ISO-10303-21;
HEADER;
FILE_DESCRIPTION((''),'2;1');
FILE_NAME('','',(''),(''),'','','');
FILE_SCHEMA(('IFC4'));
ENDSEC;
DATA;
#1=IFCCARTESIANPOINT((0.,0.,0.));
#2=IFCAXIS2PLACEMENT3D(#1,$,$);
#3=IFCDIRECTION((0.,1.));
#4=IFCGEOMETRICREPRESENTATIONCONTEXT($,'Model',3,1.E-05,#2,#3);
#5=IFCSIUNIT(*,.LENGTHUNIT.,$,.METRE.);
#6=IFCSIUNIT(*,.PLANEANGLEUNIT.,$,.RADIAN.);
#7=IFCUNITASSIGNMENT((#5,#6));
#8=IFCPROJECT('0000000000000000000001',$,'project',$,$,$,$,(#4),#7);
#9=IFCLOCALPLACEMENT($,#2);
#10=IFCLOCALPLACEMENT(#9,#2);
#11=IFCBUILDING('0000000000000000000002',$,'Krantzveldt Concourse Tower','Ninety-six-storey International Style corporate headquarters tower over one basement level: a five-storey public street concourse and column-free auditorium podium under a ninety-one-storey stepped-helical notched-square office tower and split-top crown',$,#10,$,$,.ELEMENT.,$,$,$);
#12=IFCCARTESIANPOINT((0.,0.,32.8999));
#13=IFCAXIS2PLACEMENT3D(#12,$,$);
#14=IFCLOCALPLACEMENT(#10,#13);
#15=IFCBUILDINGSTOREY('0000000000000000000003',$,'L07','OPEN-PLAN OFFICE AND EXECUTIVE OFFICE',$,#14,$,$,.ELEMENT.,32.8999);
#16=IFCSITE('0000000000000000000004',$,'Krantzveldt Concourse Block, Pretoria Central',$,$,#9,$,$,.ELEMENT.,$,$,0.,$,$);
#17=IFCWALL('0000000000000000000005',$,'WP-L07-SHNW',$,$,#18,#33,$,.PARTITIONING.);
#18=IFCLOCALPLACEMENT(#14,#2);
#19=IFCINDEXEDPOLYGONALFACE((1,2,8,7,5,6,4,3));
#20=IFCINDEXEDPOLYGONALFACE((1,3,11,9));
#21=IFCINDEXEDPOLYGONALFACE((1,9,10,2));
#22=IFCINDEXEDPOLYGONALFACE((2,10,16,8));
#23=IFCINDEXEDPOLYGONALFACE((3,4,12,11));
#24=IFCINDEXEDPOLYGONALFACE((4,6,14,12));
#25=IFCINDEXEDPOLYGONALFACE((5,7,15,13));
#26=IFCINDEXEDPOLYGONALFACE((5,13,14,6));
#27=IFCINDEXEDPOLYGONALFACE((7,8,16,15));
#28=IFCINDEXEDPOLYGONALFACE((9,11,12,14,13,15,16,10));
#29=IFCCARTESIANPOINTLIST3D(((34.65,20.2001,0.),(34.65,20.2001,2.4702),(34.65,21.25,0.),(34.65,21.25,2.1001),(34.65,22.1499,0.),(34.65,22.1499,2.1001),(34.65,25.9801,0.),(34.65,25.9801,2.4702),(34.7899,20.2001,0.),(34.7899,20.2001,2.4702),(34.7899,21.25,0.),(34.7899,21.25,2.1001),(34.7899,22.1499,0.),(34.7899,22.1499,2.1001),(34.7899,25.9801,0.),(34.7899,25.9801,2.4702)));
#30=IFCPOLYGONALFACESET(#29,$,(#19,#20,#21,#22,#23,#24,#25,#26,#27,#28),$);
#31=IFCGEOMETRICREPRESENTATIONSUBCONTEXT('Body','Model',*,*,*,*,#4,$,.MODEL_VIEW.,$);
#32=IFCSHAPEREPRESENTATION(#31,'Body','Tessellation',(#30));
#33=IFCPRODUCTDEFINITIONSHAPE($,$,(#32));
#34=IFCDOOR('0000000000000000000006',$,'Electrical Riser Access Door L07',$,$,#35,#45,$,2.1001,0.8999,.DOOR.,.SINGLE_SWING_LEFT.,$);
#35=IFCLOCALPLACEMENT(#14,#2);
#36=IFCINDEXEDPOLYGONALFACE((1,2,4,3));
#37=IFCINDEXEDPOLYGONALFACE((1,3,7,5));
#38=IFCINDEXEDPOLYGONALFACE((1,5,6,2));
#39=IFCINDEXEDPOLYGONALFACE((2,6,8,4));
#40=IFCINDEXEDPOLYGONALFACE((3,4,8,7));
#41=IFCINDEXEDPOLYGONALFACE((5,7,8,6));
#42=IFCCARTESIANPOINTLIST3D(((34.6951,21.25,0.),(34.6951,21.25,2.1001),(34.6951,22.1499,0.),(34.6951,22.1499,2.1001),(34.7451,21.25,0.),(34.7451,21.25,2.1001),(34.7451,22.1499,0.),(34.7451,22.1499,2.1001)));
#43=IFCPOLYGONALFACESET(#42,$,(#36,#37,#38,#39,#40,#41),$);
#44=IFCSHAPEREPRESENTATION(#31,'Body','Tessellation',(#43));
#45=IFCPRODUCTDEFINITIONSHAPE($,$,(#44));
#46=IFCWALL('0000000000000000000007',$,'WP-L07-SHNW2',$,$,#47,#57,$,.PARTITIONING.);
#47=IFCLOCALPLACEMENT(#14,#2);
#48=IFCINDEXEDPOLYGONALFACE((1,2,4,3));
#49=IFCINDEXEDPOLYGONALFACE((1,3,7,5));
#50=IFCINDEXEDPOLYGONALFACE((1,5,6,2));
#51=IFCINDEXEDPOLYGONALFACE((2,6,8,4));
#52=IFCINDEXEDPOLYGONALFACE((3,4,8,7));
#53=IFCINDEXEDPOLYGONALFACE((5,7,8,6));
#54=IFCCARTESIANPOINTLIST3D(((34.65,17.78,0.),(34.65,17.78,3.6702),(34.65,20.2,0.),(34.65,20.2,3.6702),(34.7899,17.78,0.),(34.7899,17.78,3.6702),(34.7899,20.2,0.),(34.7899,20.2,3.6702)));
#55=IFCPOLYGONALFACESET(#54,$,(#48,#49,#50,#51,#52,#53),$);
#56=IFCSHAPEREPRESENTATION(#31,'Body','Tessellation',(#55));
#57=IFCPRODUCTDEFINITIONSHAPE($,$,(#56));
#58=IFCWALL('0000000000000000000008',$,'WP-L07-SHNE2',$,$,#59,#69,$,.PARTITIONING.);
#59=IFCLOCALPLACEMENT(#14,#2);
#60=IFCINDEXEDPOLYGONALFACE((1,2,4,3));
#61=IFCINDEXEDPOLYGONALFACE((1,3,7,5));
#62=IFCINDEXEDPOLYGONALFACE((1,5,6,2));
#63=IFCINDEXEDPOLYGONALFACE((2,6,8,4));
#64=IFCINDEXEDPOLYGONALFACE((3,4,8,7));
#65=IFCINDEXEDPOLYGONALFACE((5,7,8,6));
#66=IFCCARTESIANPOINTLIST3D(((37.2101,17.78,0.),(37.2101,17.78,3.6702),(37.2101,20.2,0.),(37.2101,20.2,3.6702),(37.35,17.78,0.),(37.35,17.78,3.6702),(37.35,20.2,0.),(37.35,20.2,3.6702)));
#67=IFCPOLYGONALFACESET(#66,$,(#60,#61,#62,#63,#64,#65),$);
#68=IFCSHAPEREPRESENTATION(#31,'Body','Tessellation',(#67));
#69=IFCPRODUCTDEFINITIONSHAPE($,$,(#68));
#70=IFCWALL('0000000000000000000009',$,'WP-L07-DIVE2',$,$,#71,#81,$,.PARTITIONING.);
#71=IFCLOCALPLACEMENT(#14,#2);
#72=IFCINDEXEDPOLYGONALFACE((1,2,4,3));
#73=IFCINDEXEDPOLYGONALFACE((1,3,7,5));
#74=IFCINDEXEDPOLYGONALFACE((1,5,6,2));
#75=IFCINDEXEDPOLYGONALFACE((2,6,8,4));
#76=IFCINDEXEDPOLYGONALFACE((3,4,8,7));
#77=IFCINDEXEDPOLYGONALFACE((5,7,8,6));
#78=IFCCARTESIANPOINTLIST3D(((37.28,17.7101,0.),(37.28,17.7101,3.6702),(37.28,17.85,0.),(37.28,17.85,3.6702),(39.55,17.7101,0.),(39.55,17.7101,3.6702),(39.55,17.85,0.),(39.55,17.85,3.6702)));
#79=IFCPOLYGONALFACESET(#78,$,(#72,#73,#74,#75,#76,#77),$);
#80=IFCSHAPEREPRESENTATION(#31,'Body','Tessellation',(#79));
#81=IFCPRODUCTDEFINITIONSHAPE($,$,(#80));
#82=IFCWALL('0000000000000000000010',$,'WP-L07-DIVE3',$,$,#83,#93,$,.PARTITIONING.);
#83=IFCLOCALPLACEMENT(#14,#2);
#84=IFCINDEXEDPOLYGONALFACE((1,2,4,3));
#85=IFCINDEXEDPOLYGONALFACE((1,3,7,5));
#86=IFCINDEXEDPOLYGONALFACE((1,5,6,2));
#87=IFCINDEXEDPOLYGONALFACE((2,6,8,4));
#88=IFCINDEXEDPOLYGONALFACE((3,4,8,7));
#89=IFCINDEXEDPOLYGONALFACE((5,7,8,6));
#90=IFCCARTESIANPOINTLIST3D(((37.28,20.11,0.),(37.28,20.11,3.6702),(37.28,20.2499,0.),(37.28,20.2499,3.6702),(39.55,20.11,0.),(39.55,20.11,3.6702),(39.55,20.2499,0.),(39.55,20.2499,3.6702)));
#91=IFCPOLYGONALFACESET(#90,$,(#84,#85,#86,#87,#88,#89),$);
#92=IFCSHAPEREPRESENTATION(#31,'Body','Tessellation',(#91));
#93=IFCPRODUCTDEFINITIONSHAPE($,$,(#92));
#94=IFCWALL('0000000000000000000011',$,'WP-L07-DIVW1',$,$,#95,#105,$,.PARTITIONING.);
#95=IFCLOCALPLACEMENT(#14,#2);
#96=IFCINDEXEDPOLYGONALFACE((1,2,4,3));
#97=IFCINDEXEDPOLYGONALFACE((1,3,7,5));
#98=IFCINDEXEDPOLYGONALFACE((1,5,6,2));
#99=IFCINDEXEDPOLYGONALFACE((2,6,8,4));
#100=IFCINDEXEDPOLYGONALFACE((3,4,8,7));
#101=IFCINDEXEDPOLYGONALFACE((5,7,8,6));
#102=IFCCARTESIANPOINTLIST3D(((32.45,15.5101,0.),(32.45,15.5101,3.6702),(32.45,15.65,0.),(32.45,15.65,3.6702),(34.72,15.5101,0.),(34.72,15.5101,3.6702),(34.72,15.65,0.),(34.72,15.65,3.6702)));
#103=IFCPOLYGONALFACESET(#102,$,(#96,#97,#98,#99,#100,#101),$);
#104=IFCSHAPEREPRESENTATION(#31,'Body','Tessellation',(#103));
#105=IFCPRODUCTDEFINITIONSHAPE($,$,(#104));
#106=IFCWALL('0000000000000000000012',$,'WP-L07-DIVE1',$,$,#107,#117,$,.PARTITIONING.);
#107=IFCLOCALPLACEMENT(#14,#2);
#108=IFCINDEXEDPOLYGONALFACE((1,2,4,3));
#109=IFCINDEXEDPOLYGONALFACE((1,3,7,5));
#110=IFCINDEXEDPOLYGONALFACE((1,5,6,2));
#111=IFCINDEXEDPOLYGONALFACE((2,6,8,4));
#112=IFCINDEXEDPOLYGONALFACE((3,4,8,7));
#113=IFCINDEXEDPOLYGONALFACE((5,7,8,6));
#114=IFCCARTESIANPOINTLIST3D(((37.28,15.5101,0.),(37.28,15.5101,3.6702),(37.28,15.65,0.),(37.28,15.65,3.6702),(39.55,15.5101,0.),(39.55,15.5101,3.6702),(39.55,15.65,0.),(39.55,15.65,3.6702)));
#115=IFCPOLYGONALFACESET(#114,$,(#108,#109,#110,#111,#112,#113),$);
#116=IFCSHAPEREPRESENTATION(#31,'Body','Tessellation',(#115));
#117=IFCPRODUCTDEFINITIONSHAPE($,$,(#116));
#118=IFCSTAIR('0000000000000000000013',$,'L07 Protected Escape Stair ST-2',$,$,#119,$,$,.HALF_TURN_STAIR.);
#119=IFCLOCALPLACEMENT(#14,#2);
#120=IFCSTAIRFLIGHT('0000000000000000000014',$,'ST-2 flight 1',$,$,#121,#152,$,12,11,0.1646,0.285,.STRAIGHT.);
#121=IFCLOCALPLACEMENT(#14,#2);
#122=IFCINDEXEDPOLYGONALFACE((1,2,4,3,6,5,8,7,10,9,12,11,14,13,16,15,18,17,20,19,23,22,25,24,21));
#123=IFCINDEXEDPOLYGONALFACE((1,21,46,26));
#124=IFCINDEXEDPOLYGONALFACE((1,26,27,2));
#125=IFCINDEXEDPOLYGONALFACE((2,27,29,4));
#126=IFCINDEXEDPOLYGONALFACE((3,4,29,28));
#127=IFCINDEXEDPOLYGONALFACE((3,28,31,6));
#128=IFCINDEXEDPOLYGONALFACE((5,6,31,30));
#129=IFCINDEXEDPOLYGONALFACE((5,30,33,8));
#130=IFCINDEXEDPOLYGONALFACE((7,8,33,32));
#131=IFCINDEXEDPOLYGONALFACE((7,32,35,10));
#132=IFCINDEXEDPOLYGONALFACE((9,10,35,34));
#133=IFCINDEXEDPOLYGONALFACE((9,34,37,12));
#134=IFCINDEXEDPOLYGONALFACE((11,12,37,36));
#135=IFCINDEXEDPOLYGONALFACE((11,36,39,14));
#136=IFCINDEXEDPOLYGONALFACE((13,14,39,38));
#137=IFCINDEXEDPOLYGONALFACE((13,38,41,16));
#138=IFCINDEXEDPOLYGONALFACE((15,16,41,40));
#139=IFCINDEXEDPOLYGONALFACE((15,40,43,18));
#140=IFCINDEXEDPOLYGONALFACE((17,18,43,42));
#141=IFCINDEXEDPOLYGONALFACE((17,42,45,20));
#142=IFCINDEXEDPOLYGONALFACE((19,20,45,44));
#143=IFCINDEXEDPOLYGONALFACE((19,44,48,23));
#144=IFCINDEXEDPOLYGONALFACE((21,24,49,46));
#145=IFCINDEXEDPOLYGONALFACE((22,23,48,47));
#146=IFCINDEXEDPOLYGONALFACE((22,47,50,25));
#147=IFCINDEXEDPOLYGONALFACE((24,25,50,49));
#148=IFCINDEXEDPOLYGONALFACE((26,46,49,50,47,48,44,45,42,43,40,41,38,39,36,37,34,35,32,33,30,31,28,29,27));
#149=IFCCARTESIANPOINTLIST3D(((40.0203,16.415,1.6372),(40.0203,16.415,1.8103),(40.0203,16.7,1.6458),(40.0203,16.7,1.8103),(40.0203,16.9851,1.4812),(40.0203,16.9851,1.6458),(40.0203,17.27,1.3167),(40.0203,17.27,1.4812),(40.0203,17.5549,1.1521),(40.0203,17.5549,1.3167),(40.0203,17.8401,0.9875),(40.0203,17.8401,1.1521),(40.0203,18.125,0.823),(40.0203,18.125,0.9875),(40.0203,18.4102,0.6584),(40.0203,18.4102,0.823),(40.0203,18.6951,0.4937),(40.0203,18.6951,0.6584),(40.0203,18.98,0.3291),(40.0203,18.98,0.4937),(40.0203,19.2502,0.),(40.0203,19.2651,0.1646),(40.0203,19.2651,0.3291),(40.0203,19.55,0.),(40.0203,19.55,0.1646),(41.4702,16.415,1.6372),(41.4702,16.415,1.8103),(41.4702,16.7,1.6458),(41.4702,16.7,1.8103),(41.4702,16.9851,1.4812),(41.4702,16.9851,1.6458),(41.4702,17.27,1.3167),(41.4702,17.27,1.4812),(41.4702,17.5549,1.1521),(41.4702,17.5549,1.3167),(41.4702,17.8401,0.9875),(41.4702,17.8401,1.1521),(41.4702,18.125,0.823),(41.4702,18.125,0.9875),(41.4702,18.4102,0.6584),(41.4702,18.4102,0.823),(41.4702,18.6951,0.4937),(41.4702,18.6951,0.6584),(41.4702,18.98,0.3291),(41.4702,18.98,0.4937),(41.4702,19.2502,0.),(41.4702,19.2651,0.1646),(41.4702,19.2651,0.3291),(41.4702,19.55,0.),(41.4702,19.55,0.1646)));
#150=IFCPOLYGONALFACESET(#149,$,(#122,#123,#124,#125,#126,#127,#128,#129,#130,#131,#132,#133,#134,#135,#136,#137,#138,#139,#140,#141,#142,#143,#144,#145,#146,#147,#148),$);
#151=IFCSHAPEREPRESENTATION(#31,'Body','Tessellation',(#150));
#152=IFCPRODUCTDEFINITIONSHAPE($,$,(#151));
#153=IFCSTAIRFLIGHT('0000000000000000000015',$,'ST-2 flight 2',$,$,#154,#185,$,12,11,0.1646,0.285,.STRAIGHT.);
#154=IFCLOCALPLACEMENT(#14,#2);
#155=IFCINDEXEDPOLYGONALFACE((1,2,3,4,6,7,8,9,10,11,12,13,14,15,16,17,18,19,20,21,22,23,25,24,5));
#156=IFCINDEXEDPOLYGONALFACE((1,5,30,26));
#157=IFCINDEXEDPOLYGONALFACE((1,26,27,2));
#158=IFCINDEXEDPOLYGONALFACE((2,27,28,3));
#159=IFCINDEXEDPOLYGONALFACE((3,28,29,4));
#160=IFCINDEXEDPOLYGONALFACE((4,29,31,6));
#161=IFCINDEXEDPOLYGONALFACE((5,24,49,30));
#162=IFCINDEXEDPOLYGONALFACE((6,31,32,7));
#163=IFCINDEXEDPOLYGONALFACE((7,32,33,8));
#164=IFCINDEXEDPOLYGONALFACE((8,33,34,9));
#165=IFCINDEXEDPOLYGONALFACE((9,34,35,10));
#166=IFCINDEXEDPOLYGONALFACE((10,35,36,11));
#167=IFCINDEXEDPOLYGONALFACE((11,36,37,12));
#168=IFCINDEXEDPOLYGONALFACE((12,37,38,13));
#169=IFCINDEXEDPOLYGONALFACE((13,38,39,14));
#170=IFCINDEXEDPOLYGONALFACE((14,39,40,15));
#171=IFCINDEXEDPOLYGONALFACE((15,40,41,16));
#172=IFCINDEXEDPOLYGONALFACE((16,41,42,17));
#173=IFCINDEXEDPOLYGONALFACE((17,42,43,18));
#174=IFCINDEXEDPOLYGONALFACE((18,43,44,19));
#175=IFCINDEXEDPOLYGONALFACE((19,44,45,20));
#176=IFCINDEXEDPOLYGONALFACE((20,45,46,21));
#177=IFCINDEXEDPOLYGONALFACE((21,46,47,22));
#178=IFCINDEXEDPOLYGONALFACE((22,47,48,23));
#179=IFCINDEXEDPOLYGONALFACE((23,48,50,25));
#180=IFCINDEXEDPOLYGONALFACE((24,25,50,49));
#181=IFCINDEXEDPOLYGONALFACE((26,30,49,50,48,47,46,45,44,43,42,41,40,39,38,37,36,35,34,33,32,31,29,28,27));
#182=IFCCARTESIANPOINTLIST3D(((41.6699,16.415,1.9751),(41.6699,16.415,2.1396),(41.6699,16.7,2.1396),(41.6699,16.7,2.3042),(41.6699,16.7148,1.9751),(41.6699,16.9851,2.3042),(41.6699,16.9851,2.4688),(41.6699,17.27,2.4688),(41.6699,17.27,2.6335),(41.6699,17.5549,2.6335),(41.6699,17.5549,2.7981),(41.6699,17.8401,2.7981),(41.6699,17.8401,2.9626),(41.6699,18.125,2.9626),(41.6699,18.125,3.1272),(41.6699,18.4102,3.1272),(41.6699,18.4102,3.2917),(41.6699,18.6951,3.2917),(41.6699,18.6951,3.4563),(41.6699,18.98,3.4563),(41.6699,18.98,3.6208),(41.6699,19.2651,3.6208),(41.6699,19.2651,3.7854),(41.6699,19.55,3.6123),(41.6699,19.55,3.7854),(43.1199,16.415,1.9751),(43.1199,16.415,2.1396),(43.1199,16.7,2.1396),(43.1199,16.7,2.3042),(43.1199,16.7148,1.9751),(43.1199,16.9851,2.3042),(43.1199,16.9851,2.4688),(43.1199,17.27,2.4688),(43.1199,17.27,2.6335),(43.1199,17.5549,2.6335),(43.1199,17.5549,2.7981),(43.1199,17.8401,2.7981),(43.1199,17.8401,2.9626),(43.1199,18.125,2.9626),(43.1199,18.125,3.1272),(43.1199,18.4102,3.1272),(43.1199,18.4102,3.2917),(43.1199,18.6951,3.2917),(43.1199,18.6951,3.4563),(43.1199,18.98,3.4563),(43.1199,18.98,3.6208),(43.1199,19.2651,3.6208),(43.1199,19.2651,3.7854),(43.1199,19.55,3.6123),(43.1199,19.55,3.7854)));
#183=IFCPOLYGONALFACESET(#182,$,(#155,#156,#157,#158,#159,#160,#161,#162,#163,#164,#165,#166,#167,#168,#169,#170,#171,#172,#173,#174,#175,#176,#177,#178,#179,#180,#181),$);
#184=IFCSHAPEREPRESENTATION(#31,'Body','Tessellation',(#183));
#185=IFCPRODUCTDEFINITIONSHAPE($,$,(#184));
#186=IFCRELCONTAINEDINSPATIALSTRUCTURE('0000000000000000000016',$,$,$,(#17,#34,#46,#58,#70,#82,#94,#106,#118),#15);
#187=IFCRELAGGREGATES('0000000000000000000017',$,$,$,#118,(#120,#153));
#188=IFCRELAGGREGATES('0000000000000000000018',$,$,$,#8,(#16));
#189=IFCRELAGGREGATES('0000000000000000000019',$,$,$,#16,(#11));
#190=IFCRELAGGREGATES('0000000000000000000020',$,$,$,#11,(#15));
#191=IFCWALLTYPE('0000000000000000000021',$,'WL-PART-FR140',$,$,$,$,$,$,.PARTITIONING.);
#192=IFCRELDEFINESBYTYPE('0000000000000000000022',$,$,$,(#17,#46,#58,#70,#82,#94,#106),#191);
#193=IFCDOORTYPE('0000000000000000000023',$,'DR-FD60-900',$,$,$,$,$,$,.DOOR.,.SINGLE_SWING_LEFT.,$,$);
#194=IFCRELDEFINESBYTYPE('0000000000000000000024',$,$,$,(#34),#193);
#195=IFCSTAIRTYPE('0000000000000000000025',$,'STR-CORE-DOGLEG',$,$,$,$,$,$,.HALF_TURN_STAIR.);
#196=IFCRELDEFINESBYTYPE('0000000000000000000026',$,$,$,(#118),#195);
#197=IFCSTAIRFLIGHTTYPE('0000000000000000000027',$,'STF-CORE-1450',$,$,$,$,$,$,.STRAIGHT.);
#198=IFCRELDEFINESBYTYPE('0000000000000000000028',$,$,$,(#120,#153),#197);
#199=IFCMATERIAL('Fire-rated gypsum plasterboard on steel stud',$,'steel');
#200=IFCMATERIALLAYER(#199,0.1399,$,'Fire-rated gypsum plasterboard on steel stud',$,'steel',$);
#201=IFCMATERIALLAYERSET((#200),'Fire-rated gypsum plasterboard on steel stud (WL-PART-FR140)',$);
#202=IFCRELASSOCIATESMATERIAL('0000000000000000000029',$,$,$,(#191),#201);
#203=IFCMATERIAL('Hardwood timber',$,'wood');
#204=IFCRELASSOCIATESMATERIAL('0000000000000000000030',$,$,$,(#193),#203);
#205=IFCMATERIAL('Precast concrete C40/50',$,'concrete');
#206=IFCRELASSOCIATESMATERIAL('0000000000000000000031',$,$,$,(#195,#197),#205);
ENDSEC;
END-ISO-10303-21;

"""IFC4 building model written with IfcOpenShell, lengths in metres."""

from ifc_helpers import new_model, si_unit, direction, frame, frame_2d, origin, place, context, subcontext, project, spatial, polyline, rectangle, outline, extrude, material, layer, layer_set, type_object, element, fill, aggregate, save


model = new_model("IFC4")

# Units and contexts
model_context = context("Model", 3, precision=1e-05, world=origin(), true_north=direction((0.0, 1.0)))
body_context = subcontext(model_context, "Body", "Model", "MODEL_VIEW")
ifc_project = project(units=[si_unit("LENGTHUNIT", "METRE"), si_unit("PLANEANGLEUNIT", "RADIAN")], contexts=[model_context])

# Site, building, storey
site_placement = place(None, origin())
site = spatial("IfcSite", under=ifc_project, at=site_placement, Name="Krantzveldt Concourse Block, Pretoria Central", CompositionType="ELEMENT", RefElevation=0.0)
building_placement = place(site_placement, origin())
building = spatial("IfcBuilding", under=site, at=building_placement, Name="Krantzveldt Concourse Tower", Description="Ninety-six-storey International Style corporate headquarters tower over one basement level: a five-storey public street concourse and column-free auditorium podium under a ninety-one-storey stepped-helical notched-square office tower and split-top crown", CompositionType="ELEMENT")
storey_placement = place(building_placement, frame((0.0, 0.0, 32.8999)))
storey = spatial("IfcBuildingStorey", under=building, at=storey_placement, Name="L07", Description="OPEN-PLAN OFFICE AND EXECUTIVE OFFICE", CompositionType="ELEMENT", Elevation=32.8999)

# Wall, opening, door
ifc_material_1 = material(Name="Fire-rated gypsum plasterboard on steel stud", Category="steel")
ifc_layer_1 = layer(ifc_material_1, 0.1399, Name="Fire-rated gypsum plasterboard on steel stud", Category="steel")
ifc_layer_set_1 = layer_set([ifc_layer_1], Name="Fire-rated gypsum plasterboard on steel stud (WL-PART-FR140)")
wall_type = type_object("IfcWallType", Name="WL-PART-FR140", PredefinedType="PARTITIONING", material=ifc_layer_set_1)
wall_placement = place(storey_placement, frame((34.72, 20.2, 0.0), z_axis=(0.0, 0.0, 1.0), x_axis=(0.0, 1.0, 0.0)))
wall = element("IfcWall", 1, at=wall_placement, inside=storey, type_object=wall_type, Name="WP-L07-SHNW", PredefinedType="PARTITIONING", context=body_context, shape_type="SweptSolid", body=[
    extrude(rectangle(XDim=5.78, YDim=0.1399, at=frame_2d((2.8901, 0.0))), origin(), (0.0, 0.0, 1.0), 2.4702),
])
opening_placement = place(wall_placement, frame((1.05, 0.0, 0.0)))
opening = element("IfcOpeningElement", 2, at=opening_placement, cuts=wall, PredefinedType="OPENING", context=body_context, shape_type="SweptSolid", body=[
    extrude(rectangle(XDim=0.8999, YDim=2.1001, at=frame_2d((0.45, 1.05))), frame((0.0, 0.0801, 0.0), z_axis=(0.0, -1.0, 0.0), x_axis=(1.0, 0.0, 0.0)), (0.0, 0.0, 1.0), 0.1599),
])
ifc_material_2 = material(Name="Hardwood timber", Category="wood")
door_type = type_object("IfcDoorType", Name="DR-FD60-900", OperationType="SINGLE_SWING_LEFT", PredefinedType="DOOR", material=ifc_material_2)
door_placement = place(opening_placement, origin())
door = element("IfcDoor", 3, at=door_placement, inside=storey, type_object=door_type, Name="Electrical Riser Access Door L07", OperationType="SINGLE_SWING_LEFT", OverallHeight=2.1001, OverallWidth=0.8999, PredefinedType="DOOR", context=body_context, shape_type="SweptSolid", body=[
    extrude(rectangle(XDim=0.8999, YDim=2.1001, at=frame_2d((0.45, 1.05))), frame((0.0, 0.0249, 0.0), z_axis=(0.0, -1.0, 0.0), x_axis=(1.0, 0.0, 0.0)), (0.0, 0.0, 1.0), 0.05),
])
fill(opening, door)

# Walls
for number, where, z_axis, x_axis, name in (
    (4, (34.72, 17.78, 0.0), (0.0, 0.0, 1.0), (0.0, 1.0, 0.0), "WP-L07-SHNW2"),
    (5, (37.28, 17.78, 0.0), (0.0, 0.0, 1.0), (0.0, 1.0, 0.0), "WP-L07-SHNE2"),
):
    element("IfcWall", number, at=place(storey_placement, frame(where, z_axis=z_axis, x_axis=x_axis)), inside=storey, type_object=wall_type, Name=name, PredefinedType="PARTITIONING", context=body_context, shape_type="SweptSolid", body=[
        extrude(rectangle(XDim=2.4199, YDim=0.1399, at=frame_2d((1.21, 0.0))), origin(), (0.0, 0.0, 1.0), 3.6702),
    ])
for number, where, z_axis, x_axis, name in (
    (6, (37.28, 17.78, 0.0), (0.0, 0.0, 1.0), (1.0, 0.0, 0.0), "WP-L07-DIVE2"),
    (7, (37.28, 20.1799, 0.0), (0.0, 0.0, 1.0), (1.0, 0.0, 0.0), "WP-L07-DIVE3"),
    (8, (32.45, 15.5801, 0.0), (0.0, 0.0, 1.0), (1.0, 0.0, 0.0), "WP-L07-DIVW1"),
    (9, (37.28, 15.5801, 0.0), (0.0, 0.0, 1.0), (1.0, 0.0, 0.0), "WP-L07-DIVE1"),
):
    element("IfcWall", number, at=place(storey_placement, frame(where, z_axis=z_axis, x_axis=x_axis)), inside=storey, type_object=wall_type, Name=name, PredefinedType="PARTITIONING", context=body_context, shape_type="SweptSolid", body=[
        extrude(rectangle(XDim=2.27, YDim=0.1399, at=frame_2d((1.135, 0.0))), origin(), (0.0, 0.0, 1.0), 3.6702),
    ])

# Stair, stair flights
ifc_material_3 = material(Name="Precast concrete C40/50", Category="concrete")
stair_type = type_object("IfcStairType", Name="STR-CORE-DOGLEG", PredefinedType="HALF_TURN_STAIR", material=ifc_material_3)
stair_placement = place(storey_placement, origin())
stair = element("IfcStair", 10, at=stair_placement, inside=storey, type_object=stair_type, Name="L07 Protected Escape Stair ST-2", PredefinedType="HALF_TURN_STAIR")
stair_flight_type = type_object("IfcStairFlightType", Name="STF-CORE-1450", PredefinedType="STRAIGHT", material=ifc_material_3)
stair_flight_1_placement = place(storey_placement, frame((40.7451, 19.55, 0.0), z_axis=(0.0, 0.0, 1.0), x_axis=(0.0, -1.0, 0.0)))
stair_flight_1 = element("IfcStairFlight", 11, at=stair_flight_1_placement, type_object=stair_flight_type, Name="ST-2 flight 1", NumberOfRisers=12, NumberOfTreads=11, PredefinedType="STRAIGHT", RiserHeight=0.1646, TreadLength=0.285, context=body_context, shape_type="SweptSolid", body=[
    extrude(outline(polyline([(0.0, 0.0), (0.0, 0.1646), (0.2849, 0.1646), (0.2849, 0.3291), (0.5701, 0.3291), (0.5701, 0.4937), (0.855, 0.4937), (0.855, 0.6584), (1.1399, 0.6584), (1.1399, 0.823), (1.425, 0.823), (1.425, 0.9875), (1.71, 0.9875), (1.71, 1.1521), (1.9951, 1.1521), (1.9951, 1.3167), (2.28, 1.3167), (2.28, 1.4812), (2.5649, 1.4812), (2.5649, 1.6458), (2.8501, 1.6458), (2.8501, 1.8103), (3.135, 1.8103), (3.135, 1.9751), (3.135, 1.6372), (0.2998, 0.0), (0.0, 0.0)])), frame((0.0, 0.7251, 0.0), z_axis=(0.0, -1.0, 0.0), x_axis=(1.0, 0.0, 0.0)), (0.0, 0.0, 1.0), 1.45),
])
stair_flight_2_placement = place(storey_placement, frame((42.395, 16.415, 1.9751), z_axis=(0.0, 0.0, 1.0), x_axis=(0.0, 1.0, 0.0)))
stair_flight_2 = element("IfcStairFlight", 12, at=stair_flight_2_placement, type_object=stair_flight_type, Name="ST-2 flight 2", NumberOfRisers=12, NumberOfTreads=11, PredefinedType="STRAIGHT", RiserHeight=0.1646, TreadLength=0.285, context=body_context, shape_type="SweptSolid", body=[
    extrude(outline(polyline([(0.0, 0.0), (0.0, 0.1646), (0.2849, 0.1646), (0.2849, 0.3291), (0.5701, 0.3291), (0.5701, 0.4937), (0.855, 0.4937), (0.855, 0.6584), (1.1399, 0.6584), (1.1399, 0.823), (1.425, 0.823), (1.425, 0.9875), (1.71, 0.9875), (1.71, 1.1521), (1.9951, 1.1521), (1.9951, 1.3167), (2.28, 1.3167), (2.28, 1.4812), (2.5649, 1.4812), (2.5649, 1.6458), (2.8501, 1.6458), (2.8501, 1.8103), (3.135, 1.8103), (3.135, 1.9751), (3.135, 1.6372), (0.2998, 0.0), (0.0, 0.0)])), frame((0.0, 0.7251, 0.0), z_axis=(0.0, -1.0, 0.0), x_axis=(1.0, 0.0, 0.0)), (0.0, 0.0, 1.0), 1.45),
])
aggregate(stair, [stair_flight_1, stair_flight_2])

save(model, "model.ifc")
